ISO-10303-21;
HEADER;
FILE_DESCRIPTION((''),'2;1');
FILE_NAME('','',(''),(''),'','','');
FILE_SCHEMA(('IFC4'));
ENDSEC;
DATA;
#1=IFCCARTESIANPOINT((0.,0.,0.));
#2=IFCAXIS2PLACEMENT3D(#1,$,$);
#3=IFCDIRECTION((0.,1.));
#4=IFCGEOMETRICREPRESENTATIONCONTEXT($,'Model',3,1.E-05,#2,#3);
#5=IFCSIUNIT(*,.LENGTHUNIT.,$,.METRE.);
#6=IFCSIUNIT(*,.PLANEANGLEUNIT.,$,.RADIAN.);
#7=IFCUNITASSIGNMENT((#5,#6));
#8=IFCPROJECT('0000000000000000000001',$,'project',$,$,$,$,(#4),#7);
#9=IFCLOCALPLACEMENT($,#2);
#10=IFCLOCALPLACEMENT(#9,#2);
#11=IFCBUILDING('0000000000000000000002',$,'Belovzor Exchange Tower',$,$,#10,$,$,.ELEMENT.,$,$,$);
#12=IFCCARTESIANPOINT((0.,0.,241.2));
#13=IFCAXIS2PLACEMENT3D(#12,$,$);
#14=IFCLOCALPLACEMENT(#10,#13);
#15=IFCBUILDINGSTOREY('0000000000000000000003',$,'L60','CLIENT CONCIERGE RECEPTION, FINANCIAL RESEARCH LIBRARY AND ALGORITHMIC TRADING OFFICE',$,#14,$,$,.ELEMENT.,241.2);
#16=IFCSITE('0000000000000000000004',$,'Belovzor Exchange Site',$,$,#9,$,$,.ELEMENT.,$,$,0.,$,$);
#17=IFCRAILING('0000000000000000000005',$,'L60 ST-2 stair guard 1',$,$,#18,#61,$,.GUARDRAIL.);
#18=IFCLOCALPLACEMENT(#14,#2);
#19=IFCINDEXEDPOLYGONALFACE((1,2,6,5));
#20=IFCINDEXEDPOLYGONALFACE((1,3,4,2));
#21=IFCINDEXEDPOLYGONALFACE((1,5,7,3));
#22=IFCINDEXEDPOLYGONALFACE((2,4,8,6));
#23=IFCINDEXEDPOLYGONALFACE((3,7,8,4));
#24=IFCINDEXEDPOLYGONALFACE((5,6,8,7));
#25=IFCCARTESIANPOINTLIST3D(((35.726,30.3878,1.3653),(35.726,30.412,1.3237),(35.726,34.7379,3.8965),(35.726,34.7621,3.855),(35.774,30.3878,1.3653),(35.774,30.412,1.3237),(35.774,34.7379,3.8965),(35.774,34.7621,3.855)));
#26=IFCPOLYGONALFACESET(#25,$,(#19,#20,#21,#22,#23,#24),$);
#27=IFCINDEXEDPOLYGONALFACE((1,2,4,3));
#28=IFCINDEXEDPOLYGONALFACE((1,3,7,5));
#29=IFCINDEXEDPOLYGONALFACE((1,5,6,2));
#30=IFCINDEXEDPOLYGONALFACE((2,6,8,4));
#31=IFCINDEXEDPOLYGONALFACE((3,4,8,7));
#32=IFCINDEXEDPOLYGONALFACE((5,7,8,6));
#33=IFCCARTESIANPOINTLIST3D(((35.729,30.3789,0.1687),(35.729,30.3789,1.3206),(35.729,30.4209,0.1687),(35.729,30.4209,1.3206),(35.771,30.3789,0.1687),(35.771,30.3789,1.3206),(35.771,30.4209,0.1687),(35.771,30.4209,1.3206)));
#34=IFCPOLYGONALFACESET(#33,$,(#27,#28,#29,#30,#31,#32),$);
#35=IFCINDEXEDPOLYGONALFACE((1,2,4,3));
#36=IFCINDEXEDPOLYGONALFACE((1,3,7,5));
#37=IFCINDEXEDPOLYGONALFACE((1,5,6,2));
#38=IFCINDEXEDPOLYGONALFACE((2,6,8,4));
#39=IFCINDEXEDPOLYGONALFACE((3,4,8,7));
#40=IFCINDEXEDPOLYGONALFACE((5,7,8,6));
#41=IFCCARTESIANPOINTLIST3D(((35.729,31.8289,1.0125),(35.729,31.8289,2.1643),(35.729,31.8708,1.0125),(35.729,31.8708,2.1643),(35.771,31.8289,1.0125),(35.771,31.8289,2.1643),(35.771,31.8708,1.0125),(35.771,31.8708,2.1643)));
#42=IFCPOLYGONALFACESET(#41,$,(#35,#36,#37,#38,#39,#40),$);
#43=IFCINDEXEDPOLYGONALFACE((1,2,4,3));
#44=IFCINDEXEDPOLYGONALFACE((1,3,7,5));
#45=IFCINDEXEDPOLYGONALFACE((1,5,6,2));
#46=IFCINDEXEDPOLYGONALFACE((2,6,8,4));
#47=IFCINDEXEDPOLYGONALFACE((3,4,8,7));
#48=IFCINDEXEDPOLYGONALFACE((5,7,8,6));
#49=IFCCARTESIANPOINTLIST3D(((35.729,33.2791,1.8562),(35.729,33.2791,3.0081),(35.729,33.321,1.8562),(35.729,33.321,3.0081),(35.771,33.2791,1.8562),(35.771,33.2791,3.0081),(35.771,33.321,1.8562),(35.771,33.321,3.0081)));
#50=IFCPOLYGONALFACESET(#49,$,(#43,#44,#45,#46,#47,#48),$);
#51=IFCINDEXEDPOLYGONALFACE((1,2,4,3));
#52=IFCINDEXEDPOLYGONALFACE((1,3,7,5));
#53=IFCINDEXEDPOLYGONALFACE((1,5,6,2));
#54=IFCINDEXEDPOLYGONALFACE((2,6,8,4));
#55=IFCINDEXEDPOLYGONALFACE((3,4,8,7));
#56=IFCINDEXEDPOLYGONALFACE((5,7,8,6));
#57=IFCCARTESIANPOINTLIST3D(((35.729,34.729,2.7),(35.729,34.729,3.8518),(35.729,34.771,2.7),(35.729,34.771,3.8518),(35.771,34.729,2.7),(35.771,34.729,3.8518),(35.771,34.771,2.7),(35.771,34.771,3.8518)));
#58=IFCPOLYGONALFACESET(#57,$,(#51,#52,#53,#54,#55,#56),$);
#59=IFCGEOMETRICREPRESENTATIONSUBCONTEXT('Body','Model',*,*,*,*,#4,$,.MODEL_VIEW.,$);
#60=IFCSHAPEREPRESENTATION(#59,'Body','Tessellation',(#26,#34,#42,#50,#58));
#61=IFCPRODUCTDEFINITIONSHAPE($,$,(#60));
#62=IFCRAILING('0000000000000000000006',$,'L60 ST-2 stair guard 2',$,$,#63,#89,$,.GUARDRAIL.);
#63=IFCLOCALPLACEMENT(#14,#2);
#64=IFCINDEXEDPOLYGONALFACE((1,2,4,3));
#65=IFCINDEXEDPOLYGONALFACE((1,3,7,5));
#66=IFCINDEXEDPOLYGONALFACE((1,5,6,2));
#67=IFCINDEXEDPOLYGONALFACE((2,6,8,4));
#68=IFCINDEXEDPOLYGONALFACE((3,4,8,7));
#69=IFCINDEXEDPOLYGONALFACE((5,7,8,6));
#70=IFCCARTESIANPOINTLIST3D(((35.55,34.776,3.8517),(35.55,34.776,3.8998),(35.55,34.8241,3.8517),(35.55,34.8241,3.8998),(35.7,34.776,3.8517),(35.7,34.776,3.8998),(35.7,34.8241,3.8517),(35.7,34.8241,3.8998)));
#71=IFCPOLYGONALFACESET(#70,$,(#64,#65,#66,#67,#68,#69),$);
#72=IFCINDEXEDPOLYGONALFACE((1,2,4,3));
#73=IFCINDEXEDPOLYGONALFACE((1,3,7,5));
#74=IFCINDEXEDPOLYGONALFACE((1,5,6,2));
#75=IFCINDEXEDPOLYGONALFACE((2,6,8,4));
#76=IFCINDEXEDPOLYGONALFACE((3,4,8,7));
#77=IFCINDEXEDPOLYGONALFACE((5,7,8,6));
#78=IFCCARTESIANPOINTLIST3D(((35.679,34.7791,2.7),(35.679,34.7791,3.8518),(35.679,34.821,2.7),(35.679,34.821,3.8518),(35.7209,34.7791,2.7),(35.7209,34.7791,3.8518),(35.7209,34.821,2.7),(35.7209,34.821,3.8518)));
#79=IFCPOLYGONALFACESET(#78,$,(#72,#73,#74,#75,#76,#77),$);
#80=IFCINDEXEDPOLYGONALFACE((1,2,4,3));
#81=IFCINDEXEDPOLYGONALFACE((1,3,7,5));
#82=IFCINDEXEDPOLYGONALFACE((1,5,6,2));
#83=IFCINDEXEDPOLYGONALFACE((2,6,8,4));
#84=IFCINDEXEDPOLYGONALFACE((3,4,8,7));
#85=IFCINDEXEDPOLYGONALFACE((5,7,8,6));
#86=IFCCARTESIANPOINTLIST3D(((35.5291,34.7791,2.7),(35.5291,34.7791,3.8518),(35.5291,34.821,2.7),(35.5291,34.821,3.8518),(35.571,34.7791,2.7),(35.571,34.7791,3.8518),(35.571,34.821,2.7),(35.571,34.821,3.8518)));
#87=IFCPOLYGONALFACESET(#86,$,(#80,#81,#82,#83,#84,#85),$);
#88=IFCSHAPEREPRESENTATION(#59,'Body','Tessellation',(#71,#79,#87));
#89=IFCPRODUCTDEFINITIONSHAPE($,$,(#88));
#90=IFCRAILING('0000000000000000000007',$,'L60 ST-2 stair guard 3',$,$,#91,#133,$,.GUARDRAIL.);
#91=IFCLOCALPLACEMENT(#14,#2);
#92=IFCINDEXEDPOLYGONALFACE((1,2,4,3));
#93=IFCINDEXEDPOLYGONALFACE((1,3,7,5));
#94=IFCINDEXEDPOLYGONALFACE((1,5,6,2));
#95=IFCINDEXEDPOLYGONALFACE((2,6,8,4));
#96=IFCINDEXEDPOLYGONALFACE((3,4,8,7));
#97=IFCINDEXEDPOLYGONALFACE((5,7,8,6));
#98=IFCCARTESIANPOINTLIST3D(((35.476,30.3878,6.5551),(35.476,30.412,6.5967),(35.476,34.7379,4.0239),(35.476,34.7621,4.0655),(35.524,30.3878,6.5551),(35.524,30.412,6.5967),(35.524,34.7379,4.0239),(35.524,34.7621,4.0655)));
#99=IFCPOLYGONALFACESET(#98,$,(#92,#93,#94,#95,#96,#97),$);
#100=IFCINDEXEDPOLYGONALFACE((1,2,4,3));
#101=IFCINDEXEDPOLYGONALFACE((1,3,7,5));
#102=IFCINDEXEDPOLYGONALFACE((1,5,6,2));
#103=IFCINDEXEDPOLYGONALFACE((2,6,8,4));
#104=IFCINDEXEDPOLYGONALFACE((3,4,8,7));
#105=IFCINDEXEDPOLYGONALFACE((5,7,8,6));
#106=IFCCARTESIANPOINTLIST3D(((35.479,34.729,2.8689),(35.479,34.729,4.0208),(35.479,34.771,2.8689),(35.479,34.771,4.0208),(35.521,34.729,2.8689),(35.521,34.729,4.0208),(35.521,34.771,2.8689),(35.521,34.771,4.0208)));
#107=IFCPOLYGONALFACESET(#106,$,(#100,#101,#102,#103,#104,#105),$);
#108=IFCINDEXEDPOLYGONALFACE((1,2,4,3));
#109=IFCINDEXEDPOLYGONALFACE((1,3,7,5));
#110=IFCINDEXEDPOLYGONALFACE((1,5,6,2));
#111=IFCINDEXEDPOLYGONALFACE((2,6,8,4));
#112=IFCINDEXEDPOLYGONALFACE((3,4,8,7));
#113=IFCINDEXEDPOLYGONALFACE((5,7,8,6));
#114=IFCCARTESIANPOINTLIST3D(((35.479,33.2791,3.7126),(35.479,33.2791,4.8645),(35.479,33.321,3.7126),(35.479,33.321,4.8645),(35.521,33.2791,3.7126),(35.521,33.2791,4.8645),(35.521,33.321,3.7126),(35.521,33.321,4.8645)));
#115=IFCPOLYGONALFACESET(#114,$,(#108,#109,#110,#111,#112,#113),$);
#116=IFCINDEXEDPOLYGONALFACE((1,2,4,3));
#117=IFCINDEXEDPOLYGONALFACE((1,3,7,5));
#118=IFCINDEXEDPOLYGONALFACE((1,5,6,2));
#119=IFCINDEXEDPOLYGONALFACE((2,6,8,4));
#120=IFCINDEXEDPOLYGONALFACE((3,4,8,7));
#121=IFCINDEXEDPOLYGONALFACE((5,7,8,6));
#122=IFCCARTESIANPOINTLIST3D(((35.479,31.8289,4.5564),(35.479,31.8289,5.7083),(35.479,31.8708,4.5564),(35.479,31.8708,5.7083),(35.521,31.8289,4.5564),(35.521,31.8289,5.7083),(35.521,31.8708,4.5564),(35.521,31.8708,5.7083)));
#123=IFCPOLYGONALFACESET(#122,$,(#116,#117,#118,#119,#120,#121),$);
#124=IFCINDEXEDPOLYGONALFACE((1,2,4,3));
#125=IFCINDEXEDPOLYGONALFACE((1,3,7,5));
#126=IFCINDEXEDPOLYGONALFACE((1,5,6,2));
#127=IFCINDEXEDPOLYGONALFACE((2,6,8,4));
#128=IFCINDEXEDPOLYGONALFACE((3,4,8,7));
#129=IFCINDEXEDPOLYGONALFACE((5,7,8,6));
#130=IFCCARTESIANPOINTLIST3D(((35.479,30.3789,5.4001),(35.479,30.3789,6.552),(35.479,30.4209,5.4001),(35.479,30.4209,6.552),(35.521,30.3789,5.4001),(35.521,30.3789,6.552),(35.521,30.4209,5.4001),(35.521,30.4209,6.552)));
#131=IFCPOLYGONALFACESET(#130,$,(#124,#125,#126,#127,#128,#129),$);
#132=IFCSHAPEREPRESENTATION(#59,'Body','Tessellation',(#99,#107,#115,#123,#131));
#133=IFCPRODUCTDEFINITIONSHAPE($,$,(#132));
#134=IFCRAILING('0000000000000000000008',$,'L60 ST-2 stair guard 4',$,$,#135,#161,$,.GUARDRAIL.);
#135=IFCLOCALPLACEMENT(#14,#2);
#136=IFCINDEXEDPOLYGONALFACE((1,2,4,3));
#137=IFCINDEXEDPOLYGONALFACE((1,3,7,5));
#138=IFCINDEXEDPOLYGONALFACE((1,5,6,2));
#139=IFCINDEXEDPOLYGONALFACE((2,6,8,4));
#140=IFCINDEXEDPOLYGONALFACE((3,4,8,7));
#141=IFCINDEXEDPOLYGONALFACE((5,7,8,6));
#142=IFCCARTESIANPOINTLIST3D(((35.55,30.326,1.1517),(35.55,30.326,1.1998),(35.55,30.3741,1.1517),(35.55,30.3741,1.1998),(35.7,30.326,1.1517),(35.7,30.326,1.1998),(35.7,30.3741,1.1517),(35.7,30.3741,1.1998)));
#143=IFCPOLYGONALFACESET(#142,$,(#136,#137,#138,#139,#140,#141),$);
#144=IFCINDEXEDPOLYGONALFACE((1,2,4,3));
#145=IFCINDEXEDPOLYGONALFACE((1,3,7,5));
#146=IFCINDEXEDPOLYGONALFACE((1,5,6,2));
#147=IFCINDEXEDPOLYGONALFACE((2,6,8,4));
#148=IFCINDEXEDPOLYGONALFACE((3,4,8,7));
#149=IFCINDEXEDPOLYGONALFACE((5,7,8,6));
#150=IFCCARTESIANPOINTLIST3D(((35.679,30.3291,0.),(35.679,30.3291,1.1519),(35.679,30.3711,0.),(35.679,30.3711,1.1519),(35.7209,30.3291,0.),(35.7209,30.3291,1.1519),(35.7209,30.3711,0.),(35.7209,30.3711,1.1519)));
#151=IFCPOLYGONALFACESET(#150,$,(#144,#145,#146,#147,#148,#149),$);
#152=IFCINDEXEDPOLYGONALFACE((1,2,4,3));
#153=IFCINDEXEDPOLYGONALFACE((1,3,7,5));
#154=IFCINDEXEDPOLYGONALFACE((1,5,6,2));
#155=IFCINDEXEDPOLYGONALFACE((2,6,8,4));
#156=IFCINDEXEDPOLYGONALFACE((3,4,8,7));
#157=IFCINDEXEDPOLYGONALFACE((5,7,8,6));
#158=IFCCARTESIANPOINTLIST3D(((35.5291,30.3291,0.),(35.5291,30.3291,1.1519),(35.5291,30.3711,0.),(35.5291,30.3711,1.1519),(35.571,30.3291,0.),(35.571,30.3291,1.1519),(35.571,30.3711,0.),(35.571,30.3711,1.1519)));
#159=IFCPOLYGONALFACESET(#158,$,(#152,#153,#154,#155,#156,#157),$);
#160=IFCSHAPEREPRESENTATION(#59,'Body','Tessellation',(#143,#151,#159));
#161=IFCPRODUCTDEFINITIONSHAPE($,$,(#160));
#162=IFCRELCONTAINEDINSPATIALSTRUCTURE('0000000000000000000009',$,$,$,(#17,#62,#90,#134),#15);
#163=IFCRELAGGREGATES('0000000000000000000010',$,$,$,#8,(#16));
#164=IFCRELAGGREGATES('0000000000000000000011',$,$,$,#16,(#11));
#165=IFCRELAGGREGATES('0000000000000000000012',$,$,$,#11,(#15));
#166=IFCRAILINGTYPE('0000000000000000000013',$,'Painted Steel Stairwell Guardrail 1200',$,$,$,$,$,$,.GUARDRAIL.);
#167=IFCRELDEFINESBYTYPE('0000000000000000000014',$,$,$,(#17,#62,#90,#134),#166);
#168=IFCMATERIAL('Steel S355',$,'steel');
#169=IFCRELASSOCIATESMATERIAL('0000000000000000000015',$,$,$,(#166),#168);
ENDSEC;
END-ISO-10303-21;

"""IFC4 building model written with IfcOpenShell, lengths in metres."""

from ifc_helpers import new_model, si_unit, direction, frame, origin, origin_2d, place, context, subcontext, project, spatial, rectangle, extrude, material, type_object, element, save


model = new_model("IFC4")

# Units and contexts
model_context = context("Model", 3, precision=1e-05, world=origin(), true_north=direction((0.0, 1.0)))
body_context = subcontext(model_context, "Body", "Model", "MODEL_VIEW")
ifc_project = project(units=[si_unit("LENGTHUNIT", "METRE"), si_unit("PLANEANGLEUNIT", "RADIAN")], contexts=[model_context])

# Site, building, storey
site_placement = place(None, origin())
site = spatial("IfcSite", under=ifc_project, at=site_placement, Name="Belovzor Exchange Site", CompositionType="ELEMENT", RefElevation=0.0)
building_placement = place(site_placement, origin())
building = spatial("IfcBuilding", under=site, at=building_placement, Name="Belovzor Exchange Tower", CompositionType="ELEMENT")
storey_placement = place(building_placement, frame((0.0, 0.0, 241.2)))
storey = spatial("IfcBuildingStorey", under=building, at=storey_placement, Name="L60", Description="CLIENT CONCIERGE RECEPTION, FINANCIAL RESEARCH LIBRARY AND ALGORITHMIC TRADING OFFICE", CompositionType="ELEMENT", Elevation=241.2)

# Railings
ifc_material_1 = material(Name="Steel S355", Category="steel")
railing_type_1 = type_object("IfcRailingType", Name="Painted Steel Stairwell Guardrail 1200", PredefinedType="GUARDRAIL", material=ifc_material_1)
railing_1_placement = place(storey_placement, frame((35.75, 30.3999, 0.1687)))
element("IfcRailing", 1, at=railing_1_placement, inside=storey, type_object=railing_type_1, Name="L60 ST-2 stair guard 1", PredefinedType="GUARDRAIL", context=body_context, shape_type="SweptSolid", body=[
    extrude(rectangle(XDim=0.0481, YDim=0.0481, at=origin_2d()), frame((0.0, 0.0, 1.1758), z_axis=(0.0, 0.864324, 0.502936), x_axis=(-1.0, 0.0, 0.0)), (0.0, 0.0, 1.0), 5.033),
    extrude(rectangle(XDim=0.042, YDim=0.042, at=origin_2d()), origin(), (0.0, 0.0, 1.0), 1.1519),
    extrude(rectangle(XDim=0.042, YDim=0.042, at=origin_2d()), frame((0.0, 1.45, 0.8438)), (0.0, 0.0, 1.0), 1.1519),
    extrude(rectangle(XDim=0.042, YDim=0.042, at=origin_2d()), frame((0.0, 2.9001, 1.6875)), (0.0, 0.0, 1.0), 1.1519),
    extrude(rectangle(XDim=0.042, YDim=0.042, at=origin_2d()), frame((0.0, 4.3501, 2.5312)), (0.0, 0.0, 1.0), 1.1519),
])
railing_2_placement = place(storey_placement, frame((35.7, 34.8, 2.7)))
element("IfcRailing", 2, at=railing_2_placement, inside=storey, type_object=railing_type_1, Name="L60 ST-2 stair guard 2", PredefinedType="GUARDRAIL", context=body_context, shape_type="SweptSolid", body=[
    extrude(rectangle(XDim=0.0481, YDim=0.0481, at=origin_2d()), frame((0.0, 0.0, 1.1758), z_axis=(-1.0, 0.0, 0.0), x_axis=(0.0, -1.0, 0.0)), (0.0, 0.0, 1.0), 0.1499),
    extrude(rectangle(XDim=0.042, YDim=0.042, at=origin_2d()), origin(), (0.0, 0.0, 1.0), 1.1519),
    extrude(rectangle(XDim=0.042, YDim=0.042, at=origin_2d()), frame((-0.1499, 0.0, 0.0)), (0.0, 0.0, 1.0), 1.1519),
])
railing_3_placement = place(storey_placement, frame((35.5, 34.75, 2.8689)))
element("IfcRailing", 3, at=railing_3_placement, inside=storey, type_object=railing_type_1, Name="L60 ST-2 stair guard 3", PredefinedType="GUARDRAIL", context=body_context, shape_type="SweptSolid", body=[
    extrude(rectangle(XDim=0.0481, YDim=0.0481, at=origin_2d()), frame((0.0, 0.0, 1.1758), z_axis=(0.0, -0.864324, 0.502936), x_axis=(1.0, 0.0, 0.0)), (0.0, 0.0, 1.0), 5.033),
    extrude(rectangle(XDim=0.042, YDim=0.042, at=origin_2d()), origin(), (0.0, 0.0, 1.0), 1.1519),
    extrude(rectangle(XDim=0.042, YDim=0.042, at=origin_2d()), frame((0.0, -1.45, 0.8438)), (0.0, 0.0, 1.0), 1.1519),
    extrude(rectangle(XDim=0.042, YDim=0.042, at=origin_2d()), frame((0.0, -2.9001, 1.6875)), (0.0, 0.0, 1.0), 1.1519),
    extrude(rectangle(XDim=0.042, YDim=0.042, at=origin_2d()), frame((0.0, -4.3501, 2.5312)), (0.0, 0.0, 1.0), 1.1519),
])
railing_4_placement = place(storey_placement, frame((35.7, 30.3501, 0.0)))
element("IfcRailing", 4, at=railing_4_placement, inside=storey, type_object=railing_type_1, Name="L60 ST-2 stair guard 4", PredefinedType="GUARDRAIL", context=body_context, shape_type="SweptSolid", body=[
    extrude(rectangle(XDim=0.0481, YDim=0.0481, at=origin_2d()), frame((0.0, 0.0, 1.1758), z_axis=(-1.0, 0.0, 0.0), x_axis=(0.0, -1.0, 0.0)), (0.0, 0.0, 1.0), 0.1499),
    extrude(rectangle(XDim=0.042, YDim=0.042, at=origin_2d()), origin(), (0.0, 0.0, 1.0), 1.1519),
    extrude(rectangle(XDim=0.042, YDim=0.042, at=origin_2d()), frame((-0.1499, 0.0, 0.0)), (0.0, 0.0, 1.0), 1.1519),
])

save(model, "model.ifc")
